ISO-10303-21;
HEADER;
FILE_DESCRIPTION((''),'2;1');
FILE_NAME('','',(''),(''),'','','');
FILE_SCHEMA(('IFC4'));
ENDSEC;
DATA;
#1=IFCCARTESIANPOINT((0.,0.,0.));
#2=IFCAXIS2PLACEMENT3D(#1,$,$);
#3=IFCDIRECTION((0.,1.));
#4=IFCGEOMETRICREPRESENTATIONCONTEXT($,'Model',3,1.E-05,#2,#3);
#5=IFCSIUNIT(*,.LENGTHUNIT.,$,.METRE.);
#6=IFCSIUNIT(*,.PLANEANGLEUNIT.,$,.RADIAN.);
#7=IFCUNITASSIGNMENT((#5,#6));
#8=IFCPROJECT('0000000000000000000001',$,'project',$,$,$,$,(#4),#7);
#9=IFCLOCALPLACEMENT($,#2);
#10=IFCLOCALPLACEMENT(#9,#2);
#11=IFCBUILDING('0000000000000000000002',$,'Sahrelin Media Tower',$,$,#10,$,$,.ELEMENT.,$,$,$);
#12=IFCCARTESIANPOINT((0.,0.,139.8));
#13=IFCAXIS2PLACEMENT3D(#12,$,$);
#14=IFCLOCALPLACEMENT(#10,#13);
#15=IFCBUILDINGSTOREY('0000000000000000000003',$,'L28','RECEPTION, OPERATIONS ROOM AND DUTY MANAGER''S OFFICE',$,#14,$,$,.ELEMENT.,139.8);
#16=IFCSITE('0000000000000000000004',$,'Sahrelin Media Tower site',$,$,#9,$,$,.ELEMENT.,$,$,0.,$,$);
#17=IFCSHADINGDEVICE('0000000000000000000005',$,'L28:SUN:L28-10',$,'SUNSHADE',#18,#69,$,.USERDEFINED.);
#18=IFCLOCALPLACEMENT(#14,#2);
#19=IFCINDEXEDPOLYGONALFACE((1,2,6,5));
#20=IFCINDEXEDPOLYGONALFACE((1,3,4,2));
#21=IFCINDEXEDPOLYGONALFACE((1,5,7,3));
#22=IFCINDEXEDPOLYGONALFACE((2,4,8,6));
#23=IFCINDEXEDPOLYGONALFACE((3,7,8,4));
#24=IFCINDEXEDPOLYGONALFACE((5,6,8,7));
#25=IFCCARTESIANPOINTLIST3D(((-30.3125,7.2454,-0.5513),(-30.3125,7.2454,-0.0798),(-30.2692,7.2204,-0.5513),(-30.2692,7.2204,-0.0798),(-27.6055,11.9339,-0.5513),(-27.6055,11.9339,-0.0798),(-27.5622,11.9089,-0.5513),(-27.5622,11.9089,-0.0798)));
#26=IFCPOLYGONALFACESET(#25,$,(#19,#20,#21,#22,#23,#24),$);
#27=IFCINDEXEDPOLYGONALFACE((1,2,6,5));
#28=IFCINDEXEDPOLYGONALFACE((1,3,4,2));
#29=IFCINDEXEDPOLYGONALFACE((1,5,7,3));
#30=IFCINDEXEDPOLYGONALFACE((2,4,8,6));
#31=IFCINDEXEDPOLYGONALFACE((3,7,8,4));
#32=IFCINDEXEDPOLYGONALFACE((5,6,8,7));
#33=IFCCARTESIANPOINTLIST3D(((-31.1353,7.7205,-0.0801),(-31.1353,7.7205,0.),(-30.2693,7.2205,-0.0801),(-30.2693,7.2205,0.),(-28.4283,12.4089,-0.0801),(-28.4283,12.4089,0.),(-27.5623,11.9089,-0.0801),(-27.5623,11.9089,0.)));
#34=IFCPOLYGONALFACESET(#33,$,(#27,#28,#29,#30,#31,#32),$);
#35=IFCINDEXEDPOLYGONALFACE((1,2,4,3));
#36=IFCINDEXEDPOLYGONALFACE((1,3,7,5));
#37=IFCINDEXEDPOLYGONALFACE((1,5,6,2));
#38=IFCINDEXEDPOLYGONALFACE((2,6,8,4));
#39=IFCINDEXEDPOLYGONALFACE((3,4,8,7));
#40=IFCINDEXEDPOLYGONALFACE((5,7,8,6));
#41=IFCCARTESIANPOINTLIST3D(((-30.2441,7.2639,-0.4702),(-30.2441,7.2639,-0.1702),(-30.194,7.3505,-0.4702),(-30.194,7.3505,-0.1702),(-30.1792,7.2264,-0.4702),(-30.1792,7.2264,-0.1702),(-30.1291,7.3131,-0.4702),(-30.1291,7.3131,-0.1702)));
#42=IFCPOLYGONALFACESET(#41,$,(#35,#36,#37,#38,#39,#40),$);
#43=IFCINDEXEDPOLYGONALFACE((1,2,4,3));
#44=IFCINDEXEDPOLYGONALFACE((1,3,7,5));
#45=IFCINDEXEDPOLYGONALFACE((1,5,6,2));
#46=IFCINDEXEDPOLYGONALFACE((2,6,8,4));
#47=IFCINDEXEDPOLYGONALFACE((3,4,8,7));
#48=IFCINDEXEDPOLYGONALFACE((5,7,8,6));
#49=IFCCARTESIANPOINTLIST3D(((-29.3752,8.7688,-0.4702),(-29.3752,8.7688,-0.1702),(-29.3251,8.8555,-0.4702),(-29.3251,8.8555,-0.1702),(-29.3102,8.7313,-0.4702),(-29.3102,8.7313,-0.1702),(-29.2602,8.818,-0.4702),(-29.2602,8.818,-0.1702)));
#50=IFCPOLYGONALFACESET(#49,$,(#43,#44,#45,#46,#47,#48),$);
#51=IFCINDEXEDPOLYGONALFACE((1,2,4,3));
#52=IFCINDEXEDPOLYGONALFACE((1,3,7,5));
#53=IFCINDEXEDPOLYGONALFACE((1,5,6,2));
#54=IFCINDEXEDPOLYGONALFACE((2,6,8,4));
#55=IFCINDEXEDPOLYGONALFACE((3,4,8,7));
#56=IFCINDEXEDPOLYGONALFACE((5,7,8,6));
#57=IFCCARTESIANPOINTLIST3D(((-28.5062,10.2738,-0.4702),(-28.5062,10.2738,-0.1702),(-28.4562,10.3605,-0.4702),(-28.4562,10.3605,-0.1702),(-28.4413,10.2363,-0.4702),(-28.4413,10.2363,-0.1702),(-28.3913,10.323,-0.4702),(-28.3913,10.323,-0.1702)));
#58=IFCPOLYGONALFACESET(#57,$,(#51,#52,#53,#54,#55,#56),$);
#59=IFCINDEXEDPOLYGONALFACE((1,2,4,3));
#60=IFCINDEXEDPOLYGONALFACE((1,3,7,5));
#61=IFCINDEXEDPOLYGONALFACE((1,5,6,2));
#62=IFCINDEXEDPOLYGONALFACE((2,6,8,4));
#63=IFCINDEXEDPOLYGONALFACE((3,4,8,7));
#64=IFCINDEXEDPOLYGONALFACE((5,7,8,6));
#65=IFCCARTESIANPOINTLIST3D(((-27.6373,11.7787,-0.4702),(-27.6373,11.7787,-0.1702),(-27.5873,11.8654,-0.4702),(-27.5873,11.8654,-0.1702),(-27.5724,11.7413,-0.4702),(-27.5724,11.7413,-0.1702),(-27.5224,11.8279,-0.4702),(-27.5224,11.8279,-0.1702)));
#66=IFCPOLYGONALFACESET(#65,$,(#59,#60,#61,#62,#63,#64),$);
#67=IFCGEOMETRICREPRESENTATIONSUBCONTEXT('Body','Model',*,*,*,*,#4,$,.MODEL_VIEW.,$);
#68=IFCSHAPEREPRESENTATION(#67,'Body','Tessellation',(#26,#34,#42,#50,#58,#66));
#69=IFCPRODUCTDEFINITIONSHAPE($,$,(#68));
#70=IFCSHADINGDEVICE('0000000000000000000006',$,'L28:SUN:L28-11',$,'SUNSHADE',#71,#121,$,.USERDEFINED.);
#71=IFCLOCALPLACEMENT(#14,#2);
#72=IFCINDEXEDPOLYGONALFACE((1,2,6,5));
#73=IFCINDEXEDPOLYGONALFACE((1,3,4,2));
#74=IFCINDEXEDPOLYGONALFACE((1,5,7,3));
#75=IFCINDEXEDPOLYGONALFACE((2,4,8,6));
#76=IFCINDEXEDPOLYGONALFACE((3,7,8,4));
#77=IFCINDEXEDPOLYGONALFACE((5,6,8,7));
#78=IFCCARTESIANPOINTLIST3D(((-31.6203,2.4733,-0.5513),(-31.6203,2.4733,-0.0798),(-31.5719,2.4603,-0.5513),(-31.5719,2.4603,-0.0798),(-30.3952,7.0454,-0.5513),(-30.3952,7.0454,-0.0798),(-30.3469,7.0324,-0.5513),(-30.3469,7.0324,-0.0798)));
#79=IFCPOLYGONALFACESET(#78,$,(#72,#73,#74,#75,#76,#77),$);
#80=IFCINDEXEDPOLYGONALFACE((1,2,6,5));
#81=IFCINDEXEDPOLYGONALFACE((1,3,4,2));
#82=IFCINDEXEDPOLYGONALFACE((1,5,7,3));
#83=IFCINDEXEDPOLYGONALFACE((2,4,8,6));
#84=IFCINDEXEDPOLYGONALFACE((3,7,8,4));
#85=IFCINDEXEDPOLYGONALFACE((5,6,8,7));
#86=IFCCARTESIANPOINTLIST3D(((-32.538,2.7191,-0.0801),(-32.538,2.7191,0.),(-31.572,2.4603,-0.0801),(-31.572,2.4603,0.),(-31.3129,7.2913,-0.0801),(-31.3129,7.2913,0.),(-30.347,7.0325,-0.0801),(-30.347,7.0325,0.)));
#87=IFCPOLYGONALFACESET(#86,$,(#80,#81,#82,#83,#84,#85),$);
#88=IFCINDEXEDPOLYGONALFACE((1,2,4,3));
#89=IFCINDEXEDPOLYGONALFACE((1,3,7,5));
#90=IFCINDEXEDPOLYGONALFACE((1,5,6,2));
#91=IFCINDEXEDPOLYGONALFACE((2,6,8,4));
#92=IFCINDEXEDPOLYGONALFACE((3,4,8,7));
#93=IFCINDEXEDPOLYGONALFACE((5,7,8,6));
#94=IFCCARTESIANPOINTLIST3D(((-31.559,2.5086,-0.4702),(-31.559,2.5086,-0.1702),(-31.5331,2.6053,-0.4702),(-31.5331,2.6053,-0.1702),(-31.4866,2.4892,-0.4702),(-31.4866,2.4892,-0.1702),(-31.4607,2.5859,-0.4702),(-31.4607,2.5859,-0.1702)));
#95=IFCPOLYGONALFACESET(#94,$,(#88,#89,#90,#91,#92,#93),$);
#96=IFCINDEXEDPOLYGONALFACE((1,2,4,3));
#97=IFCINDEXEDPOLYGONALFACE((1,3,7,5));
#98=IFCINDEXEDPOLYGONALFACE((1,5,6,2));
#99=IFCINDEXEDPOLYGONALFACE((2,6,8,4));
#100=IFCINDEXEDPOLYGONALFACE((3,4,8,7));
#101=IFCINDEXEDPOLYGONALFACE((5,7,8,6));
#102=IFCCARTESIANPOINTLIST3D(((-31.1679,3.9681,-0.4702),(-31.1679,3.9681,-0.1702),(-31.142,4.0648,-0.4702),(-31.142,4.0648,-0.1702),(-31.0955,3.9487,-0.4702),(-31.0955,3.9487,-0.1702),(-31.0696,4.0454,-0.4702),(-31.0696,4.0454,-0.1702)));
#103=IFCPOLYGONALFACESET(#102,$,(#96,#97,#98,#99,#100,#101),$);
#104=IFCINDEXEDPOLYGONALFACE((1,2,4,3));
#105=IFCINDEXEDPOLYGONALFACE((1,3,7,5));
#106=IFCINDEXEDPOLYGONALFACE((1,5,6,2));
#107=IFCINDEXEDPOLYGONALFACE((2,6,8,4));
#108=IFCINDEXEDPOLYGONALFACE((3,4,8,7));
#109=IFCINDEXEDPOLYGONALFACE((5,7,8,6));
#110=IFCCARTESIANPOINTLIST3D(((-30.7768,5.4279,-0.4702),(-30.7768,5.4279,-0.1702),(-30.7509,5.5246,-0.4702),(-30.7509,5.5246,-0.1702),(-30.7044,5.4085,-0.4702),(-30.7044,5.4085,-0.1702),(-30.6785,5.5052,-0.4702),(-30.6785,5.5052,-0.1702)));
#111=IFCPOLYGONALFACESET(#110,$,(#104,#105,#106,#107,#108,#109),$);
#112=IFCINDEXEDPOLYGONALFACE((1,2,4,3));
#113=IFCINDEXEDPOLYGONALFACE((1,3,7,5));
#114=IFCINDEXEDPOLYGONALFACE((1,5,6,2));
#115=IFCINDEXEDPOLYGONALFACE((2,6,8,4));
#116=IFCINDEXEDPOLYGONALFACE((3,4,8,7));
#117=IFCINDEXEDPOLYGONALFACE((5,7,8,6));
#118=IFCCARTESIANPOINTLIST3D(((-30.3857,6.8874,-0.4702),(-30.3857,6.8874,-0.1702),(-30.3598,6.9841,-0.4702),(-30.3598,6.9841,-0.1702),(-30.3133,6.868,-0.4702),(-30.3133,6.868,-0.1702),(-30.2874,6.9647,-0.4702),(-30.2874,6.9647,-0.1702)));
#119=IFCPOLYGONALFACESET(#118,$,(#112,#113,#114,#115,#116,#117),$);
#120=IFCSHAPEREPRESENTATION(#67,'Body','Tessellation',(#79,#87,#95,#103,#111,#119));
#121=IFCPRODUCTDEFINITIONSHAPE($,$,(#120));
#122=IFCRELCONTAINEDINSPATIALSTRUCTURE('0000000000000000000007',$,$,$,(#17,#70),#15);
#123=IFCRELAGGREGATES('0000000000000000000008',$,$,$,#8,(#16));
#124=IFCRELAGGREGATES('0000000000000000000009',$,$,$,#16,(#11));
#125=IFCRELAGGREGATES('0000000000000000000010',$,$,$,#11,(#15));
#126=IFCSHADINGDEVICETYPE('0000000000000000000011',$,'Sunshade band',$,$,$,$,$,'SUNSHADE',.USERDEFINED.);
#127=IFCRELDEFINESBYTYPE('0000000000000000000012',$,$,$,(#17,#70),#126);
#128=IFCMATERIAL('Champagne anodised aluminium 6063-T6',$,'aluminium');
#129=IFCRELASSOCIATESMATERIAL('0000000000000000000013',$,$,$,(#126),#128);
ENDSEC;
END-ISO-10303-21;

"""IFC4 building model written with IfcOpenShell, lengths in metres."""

from ifc_helpers import new_model, si_unit, direction, frame, origin, origin_2d, place, context, subcontext, project, spatial, rectangle, extrude, material, type_object, element, save


model = new_model("IFC4")

# Units and contexts
model_context = context("Model", 3, precision=1e-05, world=origin(), true_north=direction((0.0, 1.0)))
body_context = subcontext(model_context, "Body", "Model", "MODEL_VIEW")
ifc_project = project(units=[si_unit("LENGTHUNIT", "METRE"), si_unit("PLANEANGLEUNIT", "RADIAN")], contexts=[model_context])

# Site, building, storey
site_placement = place(None, origin())
site = spatial("IfcSite", under=ifc_project, at=site_placement, Name="Sahrelin Media Tower site", CompositionType="ELEMENT", RefElevation=0.0)
building_placement = place(site_placement, origin())
building = spatial("IfcBuilding", under=site, at=building_placement, Name="Sahrelin Media Tower", CompositionType="ELEMENT")
storey_placement = place(building_placement, frame((0.0, 0.0, 139.8)))
storey = spatial("IfcBuildingStorey", under=building, at=storey_placement, Name="L28", Description="RECEPTION, OPERATIONS ROOM AND DUTY MANAGER'S OFFICE", CompositionType="ELEMENT", Elevation=139.8)

# Shared definitions
ifc_material_1 = material(Name="Champagne anodised aluminium 6063-T6", Category="aluminium")

# Shading devices
placement_1 = place(storey_placement, frame((-28.8984, 9.5547, 0.0), z_axis=(0.0, 0.0, 1.0), x_axis=(0.500011, 0.866019, 0.0)))
placement_2 = place(storey_placement, frame((-30.9402, 4.7412, 0.0), z_axis=(0.0, 0.0, 1.0), x_axis=(0.258808, 0.965929, 0.0)))
shading_device_type_1 = type_object("IfcShadingDeviceType", Name="Sunshade band", ElementType="SUNSHADE", PredefinedType="USERDEFINED", material=ifc_material_1)
element("IfcShadingDevice", 1, at=placement_1, inside=storey, type_object=shading_device_type_1, Name="L28:SUN:L28-10", ObjectType="SUNSHADE", PredefinedType="USERDEFINED", context=body_context, shape_type="SweptSolid", body=[
    extrude(rectangle(XDim=5.4138, YDim=0.05, at=origin_2d()), frame((0.0, 0.0449, -0.5513)), (0.0, 0.0, 1.0), 0.4714),
    extrude(rectangle(XDim=5.4138, YDim=1.0, at=origin_2d()), frame((0.0, 0.52, -0.0801)), (0.0, 0.0, 1.0), 0.0801),
    extrude(rectangle(XDim=0.1001, YDim=0.075, at=origin_2d()), frame((-2.6067, -0.0176, -0.4702)), (0.0, 0.0, 1.0), 0.3),
    extrude(rectangle(XDim=0.1001, YDim=0.075, at=origin_2d()), frame((-0.8689, -0.0176, -0.4702)), (0.0, 0.0, 1.0), 0.3),
    extrude(rectangle(XDim=0.1001, YDim=0.075, at=origin_2d()), frame((0.8689, -0.0176, -0.4702)), (0.0, 0.0, 1.0), 0.3),
    extrude(rectangle(XDim=0.1001, YDim=0.075, at=origin_2d()), frame((2.6067, -0.0176, -0.4702)), (0.0, 0.0, 1.0), 0.3),
])
element("IfcShadingDevice", 2, at=placement_2, inside=storey, type_object=shading_device_type_1, Name="L28:SUN:L28-11", ObjectType="SUNSHADE", PredefinedType="USERDEFINED", context=body_context, shape_type="SweptSolid", body=[
    extrude(rectangle(XDim=4.7334, YDim=0.05, at=origin_2d()), frame((0.0, 0.0449, -0.5513)), (0.0, 0.0, 1.0), 0.4714),
    extrude(rectangle(XDim=4.7334, YDim=1.0, at=origin_2d()), frame((0.0, 0.52, -0.0801)), (0.0, 0.0, 1.0), 0.0801),
    extrude(rectangle(XDim=0.1001, YDim=0.075, at=origin_2d()), frame((-2.2666, -0.0176, -0.4702)), (0.0, 0.0, 1.0), 0.3),
    extrude(rectangle(XDim=0.1001, YDim=0.075, at=origin_2d()), frame((-0.7556, -0.0176, -0.4702)), (0.0, 0.0, 1.0), 0.3),
    extrude(rectangle(XDim=0.1001, YDim=0.075, at=origin_2d()), frame((0.7556, -0.0176, -0.4702)), (0.0, 0.0, 1.0), 0.3),
    extrude(rectangle(XDim=0.1001, YDim=0.075, at=origin_2d()), frame((2.2666, -0.0176, -0.4702)), (0.0, 0.0, 1.0), 0.3),
])

save(model, "model.ifc")
